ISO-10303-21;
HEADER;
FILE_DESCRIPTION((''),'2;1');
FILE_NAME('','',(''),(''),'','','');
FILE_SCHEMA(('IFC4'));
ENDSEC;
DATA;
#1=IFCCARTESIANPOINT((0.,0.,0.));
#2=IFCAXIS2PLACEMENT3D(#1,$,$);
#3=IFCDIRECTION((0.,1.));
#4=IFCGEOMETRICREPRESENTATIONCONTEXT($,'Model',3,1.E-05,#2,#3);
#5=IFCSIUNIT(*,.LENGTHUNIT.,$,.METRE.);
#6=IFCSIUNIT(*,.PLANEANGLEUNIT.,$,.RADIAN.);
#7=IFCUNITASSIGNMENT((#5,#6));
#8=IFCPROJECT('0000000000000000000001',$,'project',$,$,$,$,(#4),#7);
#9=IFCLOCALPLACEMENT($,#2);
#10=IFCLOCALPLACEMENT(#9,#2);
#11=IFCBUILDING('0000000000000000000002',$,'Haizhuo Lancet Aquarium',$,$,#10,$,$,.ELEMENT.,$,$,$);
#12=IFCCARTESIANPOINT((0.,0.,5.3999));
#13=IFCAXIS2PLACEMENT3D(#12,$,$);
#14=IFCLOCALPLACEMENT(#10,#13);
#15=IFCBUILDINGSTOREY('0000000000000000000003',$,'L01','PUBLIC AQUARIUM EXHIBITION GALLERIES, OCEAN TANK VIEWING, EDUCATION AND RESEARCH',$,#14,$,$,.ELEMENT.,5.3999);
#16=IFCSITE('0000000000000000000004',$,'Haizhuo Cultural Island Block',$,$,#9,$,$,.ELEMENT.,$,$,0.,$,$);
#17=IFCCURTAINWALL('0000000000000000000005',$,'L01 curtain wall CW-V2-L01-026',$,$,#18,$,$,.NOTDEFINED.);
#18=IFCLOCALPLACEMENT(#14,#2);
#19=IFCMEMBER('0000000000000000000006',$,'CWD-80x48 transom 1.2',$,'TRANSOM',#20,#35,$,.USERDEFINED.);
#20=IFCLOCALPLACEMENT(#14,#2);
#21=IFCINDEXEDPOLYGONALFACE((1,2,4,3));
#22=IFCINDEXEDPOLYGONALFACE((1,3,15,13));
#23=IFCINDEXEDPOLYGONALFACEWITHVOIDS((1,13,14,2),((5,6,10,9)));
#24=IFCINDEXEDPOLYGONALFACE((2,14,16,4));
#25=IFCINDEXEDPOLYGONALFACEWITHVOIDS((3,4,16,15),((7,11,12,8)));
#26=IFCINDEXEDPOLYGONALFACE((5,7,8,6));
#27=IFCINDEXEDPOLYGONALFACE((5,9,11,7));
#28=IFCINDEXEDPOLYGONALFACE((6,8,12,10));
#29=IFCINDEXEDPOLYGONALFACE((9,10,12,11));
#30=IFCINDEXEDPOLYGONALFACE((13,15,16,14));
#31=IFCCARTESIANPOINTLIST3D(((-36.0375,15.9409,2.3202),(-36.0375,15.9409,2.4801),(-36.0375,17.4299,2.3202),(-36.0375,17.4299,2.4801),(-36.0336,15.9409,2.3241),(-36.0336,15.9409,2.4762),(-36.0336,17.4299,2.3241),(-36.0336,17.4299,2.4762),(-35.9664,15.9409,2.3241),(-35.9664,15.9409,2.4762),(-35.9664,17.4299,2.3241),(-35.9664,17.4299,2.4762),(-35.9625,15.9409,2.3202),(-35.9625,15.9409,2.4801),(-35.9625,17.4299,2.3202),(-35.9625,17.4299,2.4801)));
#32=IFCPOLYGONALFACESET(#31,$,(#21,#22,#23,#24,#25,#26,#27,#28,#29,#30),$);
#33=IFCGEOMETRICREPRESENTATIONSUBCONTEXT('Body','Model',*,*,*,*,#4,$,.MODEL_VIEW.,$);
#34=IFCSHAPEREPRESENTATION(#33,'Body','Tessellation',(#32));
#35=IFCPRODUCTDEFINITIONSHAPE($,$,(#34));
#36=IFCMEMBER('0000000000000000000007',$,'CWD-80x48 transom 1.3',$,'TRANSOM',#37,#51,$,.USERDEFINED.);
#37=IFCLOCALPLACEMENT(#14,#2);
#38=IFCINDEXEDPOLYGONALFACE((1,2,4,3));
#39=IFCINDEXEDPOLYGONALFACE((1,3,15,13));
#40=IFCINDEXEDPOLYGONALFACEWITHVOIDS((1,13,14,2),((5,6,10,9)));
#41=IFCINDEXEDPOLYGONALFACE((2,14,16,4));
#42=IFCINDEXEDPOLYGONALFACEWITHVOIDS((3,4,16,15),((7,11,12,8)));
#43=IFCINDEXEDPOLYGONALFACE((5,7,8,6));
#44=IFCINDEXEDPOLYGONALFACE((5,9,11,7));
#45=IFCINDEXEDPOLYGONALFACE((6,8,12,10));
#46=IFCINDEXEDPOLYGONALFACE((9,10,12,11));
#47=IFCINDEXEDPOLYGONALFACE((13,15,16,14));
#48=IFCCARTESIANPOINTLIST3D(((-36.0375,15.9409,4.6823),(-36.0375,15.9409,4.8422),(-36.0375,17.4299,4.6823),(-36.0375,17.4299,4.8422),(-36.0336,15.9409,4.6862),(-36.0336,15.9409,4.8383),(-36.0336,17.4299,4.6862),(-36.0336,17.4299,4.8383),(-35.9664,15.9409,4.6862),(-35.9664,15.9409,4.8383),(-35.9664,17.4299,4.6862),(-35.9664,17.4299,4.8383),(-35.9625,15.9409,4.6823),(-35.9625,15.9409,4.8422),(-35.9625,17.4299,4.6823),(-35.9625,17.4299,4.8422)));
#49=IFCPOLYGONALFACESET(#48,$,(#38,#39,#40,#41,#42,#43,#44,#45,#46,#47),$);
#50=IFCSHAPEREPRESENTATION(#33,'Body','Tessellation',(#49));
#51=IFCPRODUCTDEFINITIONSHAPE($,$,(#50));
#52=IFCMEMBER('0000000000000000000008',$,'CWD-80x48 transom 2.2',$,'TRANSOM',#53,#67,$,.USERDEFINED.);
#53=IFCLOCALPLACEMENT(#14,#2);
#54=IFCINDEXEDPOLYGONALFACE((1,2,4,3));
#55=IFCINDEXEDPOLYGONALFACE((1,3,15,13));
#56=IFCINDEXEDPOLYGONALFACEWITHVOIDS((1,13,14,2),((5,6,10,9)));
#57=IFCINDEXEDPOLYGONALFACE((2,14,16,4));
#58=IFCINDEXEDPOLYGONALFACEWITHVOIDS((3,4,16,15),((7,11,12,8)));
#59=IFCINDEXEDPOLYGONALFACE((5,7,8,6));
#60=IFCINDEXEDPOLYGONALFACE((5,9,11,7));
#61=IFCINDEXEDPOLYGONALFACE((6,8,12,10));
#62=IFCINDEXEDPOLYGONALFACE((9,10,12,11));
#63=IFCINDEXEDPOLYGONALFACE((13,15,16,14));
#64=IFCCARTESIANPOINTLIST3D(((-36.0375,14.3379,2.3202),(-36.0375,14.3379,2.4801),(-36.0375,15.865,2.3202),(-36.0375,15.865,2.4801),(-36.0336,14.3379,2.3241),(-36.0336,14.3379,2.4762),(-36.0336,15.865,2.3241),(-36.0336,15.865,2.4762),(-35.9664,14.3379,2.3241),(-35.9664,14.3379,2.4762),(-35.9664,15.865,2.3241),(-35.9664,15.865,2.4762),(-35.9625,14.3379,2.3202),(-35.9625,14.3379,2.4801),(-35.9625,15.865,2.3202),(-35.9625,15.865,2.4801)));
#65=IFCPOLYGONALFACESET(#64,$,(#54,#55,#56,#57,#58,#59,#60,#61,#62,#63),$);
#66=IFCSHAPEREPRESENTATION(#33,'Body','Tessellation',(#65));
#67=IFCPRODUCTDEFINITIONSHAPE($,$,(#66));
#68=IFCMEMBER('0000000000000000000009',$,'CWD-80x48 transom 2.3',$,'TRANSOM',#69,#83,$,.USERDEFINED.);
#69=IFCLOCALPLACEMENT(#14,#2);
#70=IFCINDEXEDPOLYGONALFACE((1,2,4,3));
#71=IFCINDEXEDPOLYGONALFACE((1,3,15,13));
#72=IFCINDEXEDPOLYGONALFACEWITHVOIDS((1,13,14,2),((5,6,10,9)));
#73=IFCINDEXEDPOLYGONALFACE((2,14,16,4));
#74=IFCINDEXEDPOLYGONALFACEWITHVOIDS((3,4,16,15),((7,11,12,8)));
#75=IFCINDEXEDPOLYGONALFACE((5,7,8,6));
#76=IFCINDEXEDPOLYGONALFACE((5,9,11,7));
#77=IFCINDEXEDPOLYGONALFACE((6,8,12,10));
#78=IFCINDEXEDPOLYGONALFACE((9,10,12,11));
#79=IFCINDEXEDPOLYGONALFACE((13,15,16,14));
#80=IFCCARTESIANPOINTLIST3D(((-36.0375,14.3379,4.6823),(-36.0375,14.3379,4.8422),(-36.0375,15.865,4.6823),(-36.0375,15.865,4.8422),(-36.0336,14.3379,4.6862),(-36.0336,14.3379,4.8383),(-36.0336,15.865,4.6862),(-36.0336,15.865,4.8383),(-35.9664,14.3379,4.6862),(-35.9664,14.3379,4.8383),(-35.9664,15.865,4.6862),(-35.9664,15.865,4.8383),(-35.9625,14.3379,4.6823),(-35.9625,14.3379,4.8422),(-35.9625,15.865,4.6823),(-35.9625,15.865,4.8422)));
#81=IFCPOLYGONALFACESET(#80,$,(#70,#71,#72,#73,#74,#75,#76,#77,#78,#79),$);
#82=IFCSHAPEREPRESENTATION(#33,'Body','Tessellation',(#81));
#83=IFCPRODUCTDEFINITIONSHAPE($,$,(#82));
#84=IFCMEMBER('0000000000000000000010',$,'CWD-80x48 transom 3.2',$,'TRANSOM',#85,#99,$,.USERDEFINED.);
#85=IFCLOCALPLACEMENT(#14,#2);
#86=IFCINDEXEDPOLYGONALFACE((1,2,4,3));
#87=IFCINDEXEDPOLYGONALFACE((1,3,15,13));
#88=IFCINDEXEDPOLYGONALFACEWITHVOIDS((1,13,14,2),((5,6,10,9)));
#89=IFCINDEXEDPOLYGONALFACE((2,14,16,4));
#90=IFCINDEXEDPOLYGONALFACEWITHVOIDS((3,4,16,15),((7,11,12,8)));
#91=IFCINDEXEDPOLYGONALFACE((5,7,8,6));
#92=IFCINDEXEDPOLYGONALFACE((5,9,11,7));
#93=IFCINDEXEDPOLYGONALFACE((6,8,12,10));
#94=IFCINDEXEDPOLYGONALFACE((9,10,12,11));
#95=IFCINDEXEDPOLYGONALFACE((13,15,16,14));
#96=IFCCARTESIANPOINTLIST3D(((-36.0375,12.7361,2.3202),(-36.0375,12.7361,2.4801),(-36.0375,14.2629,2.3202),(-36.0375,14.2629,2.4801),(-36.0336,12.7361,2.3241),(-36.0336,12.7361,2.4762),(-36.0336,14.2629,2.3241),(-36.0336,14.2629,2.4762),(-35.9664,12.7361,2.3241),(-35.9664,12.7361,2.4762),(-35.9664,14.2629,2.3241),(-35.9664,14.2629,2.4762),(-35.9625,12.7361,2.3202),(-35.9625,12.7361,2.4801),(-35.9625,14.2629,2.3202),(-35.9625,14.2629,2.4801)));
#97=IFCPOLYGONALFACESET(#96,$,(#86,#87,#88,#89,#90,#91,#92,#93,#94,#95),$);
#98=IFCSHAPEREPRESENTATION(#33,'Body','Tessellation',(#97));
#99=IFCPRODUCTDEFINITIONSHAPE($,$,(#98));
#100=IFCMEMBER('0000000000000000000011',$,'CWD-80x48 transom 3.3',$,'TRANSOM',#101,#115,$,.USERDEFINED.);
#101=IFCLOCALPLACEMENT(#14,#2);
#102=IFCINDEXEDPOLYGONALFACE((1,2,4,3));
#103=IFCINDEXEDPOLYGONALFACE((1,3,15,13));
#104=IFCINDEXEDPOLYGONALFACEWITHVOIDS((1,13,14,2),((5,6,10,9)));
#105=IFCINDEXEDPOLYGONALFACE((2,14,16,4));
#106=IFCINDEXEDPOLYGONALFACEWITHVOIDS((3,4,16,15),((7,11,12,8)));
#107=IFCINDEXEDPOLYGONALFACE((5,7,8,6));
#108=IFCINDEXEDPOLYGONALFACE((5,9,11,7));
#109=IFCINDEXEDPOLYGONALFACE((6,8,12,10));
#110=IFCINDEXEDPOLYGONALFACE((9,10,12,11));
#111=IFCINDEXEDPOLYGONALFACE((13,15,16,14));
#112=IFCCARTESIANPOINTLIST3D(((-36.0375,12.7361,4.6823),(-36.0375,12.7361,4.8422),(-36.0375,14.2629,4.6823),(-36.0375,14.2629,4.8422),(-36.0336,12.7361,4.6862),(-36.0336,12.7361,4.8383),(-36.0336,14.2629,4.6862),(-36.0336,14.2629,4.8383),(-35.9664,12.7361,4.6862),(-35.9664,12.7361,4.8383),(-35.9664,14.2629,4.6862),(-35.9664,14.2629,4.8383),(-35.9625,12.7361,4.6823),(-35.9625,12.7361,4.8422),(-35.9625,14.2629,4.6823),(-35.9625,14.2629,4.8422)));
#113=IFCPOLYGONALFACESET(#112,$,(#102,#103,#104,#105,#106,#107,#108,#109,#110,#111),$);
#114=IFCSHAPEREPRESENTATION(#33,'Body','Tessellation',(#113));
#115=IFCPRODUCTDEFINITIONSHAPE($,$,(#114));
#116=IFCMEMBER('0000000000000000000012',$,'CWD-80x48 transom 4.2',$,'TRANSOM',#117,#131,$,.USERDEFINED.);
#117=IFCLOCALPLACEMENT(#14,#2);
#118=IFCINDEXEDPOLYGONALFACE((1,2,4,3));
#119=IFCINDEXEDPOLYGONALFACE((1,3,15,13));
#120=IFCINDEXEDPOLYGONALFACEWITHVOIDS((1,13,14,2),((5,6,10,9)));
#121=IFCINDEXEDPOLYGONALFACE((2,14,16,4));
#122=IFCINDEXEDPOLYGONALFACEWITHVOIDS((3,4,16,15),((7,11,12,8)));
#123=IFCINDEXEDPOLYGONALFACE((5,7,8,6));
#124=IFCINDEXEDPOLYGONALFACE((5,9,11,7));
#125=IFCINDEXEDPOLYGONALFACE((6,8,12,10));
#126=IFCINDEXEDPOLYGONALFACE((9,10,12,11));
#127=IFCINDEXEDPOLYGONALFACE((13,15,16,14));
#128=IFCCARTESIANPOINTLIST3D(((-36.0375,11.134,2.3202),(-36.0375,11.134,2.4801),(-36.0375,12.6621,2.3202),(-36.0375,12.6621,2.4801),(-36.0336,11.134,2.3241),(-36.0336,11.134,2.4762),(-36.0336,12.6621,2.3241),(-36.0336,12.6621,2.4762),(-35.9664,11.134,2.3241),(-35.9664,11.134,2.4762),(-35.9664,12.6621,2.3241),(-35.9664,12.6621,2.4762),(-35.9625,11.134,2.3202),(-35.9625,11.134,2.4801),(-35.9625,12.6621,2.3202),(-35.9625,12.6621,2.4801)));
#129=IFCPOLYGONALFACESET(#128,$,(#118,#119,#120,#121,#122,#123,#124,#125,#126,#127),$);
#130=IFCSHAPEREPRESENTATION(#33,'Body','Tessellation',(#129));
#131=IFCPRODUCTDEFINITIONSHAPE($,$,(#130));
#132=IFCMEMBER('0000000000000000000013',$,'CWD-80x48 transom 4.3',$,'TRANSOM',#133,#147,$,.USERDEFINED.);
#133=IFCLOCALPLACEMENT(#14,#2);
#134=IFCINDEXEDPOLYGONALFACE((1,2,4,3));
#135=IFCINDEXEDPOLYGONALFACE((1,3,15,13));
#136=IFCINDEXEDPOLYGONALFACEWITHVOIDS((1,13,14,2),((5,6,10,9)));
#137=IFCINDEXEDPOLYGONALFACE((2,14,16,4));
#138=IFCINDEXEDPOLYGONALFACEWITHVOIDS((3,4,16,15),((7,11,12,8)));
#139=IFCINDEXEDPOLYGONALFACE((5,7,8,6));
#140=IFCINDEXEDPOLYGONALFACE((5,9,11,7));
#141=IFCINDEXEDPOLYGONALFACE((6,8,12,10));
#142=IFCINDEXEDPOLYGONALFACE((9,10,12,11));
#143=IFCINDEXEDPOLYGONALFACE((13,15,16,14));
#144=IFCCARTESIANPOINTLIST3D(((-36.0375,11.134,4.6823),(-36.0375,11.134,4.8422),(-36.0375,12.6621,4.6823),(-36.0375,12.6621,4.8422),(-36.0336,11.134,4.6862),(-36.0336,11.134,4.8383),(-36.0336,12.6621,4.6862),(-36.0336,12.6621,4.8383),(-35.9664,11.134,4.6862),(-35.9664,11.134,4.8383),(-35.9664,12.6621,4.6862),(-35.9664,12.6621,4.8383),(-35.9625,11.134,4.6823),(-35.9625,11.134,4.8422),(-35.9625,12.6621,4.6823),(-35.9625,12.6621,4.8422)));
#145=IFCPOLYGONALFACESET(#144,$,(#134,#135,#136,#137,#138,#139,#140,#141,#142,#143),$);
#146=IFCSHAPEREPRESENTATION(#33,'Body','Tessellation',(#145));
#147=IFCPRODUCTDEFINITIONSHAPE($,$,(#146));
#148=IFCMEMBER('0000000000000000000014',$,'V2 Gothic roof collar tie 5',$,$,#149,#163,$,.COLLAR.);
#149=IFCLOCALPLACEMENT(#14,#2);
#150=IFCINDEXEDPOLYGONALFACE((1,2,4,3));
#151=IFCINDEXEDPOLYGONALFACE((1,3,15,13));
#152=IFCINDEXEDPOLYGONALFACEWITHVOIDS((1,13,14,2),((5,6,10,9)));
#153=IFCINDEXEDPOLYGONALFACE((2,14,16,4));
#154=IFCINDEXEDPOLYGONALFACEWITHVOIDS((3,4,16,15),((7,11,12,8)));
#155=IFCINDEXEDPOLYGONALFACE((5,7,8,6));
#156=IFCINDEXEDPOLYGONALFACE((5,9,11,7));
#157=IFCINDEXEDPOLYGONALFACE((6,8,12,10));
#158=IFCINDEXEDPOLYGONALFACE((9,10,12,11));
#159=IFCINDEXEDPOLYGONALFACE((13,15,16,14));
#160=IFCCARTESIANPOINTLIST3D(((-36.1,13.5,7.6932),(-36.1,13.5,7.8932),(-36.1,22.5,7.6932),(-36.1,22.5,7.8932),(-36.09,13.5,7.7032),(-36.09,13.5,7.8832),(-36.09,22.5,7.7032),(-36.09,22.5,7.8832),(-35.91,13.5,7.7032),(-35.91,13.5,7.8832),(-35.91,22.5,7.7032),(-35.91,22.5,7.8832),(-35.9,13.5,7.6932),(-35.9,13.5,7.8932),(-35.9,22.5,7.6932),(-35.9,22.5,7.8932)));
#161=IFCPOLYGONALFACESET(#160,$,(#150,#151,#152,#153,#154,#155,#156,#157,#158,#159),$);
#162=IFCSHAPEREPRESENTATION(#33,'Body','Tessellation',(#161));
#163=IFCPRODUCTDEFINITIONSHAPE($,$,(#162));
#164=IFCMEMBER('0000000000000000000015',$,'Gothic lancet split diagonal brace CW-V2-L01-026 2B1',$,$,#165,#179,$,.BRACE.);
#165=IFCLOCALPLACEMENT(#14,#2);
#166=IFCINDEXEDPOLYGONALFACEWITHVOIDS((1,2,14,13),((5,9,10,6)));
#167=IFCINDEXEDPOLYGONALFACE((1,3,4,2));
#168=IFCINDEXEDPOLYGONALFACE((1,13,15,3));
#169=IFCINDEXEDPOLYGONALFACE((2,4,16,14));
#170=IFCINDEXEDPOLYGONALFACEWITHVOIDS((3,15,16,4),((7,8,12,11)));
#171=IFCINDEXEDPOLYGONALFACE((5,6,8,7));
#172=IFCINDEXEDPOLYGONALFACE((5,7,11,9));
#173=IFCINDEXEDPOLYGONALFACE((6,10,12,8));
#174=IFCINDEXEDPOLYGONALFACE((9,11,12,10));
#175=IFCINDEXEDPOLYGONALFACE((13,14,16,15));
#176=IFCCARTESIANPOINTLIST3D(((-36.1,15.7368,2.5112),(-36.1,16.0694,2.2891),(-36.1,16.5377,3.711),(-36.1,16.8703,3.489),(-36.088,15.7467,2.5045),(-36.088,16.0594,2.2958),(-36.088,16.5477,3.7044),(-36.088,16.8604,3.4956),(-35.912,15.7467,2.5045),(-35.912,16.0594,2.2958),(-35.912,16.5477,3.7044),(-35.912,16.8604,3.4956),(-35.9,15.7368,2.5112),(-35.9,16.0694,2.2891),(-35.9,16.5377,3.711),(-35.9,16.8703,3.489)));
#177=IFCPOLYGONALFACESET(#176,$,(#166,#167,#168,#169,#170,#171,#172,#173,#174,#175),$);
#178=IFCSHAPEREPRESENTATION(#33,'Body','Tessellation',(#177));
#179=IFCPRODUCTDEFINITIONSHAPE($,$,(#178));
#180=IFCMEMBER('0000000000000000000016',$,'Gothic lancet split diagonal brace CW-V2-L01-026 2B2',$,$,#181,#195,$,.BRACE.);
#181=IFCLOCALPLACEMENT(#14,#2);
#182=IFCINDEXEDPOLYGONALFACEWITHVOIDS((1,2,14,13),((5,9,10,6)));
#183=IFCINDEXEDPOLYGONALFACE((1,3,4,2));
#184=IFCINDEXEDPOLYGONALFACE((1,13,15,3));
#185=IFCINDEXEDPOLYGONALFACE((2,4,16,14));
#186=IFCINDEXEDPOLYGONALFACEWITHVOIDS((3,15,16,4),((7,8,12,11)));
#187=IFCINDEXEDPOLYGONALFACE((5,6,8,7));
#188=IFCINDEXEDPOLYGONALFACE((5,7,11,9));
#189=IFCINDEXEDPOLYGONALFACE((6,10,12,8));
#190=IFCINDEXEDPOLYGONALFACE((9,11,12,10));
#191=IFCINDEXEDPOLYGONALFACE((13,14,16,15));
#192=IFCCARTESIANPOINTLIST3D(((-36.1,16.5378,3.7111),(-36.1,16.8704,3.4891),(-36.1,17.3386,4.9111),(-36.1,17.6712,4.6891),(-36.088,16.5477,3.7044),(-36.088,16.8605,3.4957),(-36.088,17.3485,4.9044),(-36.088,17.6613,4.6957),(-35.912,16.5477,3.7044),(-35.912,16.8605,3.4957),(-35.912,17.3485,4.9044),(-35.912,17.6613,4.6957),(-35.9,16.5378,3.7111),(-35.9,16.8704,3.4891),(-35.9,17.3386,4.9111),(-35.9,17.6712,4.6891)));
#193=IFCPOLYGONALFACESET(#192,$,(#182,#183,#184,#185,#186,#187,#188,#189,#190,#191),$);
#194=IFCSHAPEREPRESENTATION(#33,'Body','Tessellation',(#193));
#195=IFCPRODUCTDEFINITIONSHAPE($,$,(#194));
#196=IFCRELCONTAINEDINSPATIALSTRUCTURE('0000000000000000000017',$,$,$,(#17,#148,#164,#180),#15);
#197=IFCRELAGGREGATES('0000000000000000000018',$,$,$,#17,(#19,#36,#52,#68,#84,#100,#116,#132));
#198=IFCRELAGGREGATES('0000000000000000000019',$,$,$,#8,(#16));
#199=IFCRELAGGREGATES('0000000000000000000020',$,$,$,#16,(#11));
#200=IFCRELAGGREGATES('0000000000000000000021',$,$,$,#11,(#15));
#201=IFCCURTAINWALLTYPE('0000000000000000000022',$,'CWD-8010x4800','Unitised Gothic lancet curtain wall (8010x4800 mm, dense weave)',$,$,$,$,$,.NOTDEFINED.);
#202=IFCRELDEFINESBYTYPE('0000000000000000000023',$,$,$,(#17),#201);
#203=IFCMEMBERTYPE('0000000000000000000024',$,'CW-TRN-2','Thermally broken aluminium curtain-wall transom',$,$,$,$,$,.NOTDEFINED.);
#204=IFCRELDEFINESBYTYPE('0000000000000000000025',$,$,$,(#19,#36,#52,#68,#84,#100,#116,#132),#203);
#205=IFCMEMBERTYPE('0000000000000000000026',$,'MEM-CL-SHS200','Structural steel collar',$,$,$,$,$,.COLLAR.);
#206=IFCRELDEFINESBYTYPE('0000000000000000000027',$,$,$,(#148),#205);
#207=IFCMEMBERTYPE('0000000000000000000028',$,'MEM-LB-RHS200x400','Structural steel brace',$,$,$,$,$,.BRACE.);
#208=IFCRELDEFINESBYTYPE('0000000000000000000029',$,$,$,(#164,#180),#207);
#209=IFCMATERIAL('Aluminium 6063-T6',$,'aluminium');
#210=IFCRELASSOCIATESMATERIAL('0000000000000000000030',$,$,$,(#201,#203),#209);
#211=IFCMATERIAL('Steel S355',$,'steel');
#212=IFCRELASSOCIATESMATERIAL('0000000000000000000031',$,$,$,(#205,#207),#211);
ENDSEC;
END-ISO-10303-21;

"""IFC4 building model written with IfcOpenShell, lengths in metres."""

from ifc_helpers import new_model, si_unit, direction, frame, origin, origin_2d, place, context, subcontext, project, spatial, hollow_rectangle, extrude, material, material_profile, profile_set, type_object, element, aggregate, save


model = new_model("IFC4")

# Units and contexts
model_context = context("Model", 3, precision=1e-05, world=origin(), true_north=direction((0.0, 1.0)))
body_context = subcontext(model_context, "Body", "Model", "MODEL_VIEW")
ifc_project = project(units=[si_unit("LENGTHUNIT", "METRE"), si_unit("PLANEANGLEUNIT", "RADIAN")], contexts=[model_context])

# Site, building, storey
site_placement = place(None, origin())
site = spatial("IfcSite", under=ifc_project, at=site_placement, Name="Haizhuo Cultural Island Block", CompositionType="ELEMENT", RefElevation=0.0)
building_placement = place(site_placement, origin())
building = spatial("IfcBuilding", under=site, at=building_placement, Name="Haizhuo Lancet Aquarium", CompositionType="ELEMENT")
storey_placement = place(building_placement, frame((0.0, 0.0, 5.3999)))
storey = spatial("IfcBuildingStorey", under=building, at=storey_placement, Name="L01", Description="PUBLIC AQUARIUM EXHIBITION GALLERIES, OCEAN TANK VIEWING, EDUCATION AND RESEARCH", CompositionType="ELEMENT", Elevation=5.3999)

# Curtain wall, members
ifc_material_1 = material(Name="Aluminium 6063-T6", Category="aluminium")
curtain_wall_type = type_object("IfcCurtainWallType", Name="CWD-8010x4800", Description="Unitised Gothic lancet curtain wall (8010x4800 mm, dense weave)", PredefinedType="NOTDEFINED", material=ifc_material_1)
curtain_wall_placement = place(storey_placement, origin())
curtain_wall = element("IfcCurtainWall", 1, at=curtain_wall_placement, inside=storey, type_object=curtain_wall_type, Name="L01 curtain wall CW-V2-L01-026", PredefinedType="NOTDEFINED")
ifc_material_profile_1 = material_profile(ifc_material_1, hollow_rectangle(XDim=0.075, YDim=0.1599, WallThickness=0.0039, at=origin_2d()), Name="ALU-T 75x160x4")
ifc_profile_set_1 = profile_set([ifc_material_profile_1], Name="Aluminium 6063-T6")
member_type_1 = type_object("IfcMemberType", Name="CW-TRN-2", Description="Thermally broken aluminium curtain-wall transom", PredefinedType="NOTDEFINED", material=ifc_profile_set_1)
member_1_placement = place(storey_placement, frame((-36.0, 17.4299, 2.4001), z_axis=(0.0, -1.0, 0.0), x_axis=(1.0, 0.0, 0.0)))
member_1 = element("IfcMember", 2, at=member_1_placement, type_object=member_type_1, Name="CWD-80x48 transom 1.2", ObjectType="TRANSOM", PredefinedType="USERDEFINED", context=body_context, shape_type="SweptSolid", body=[
    extrude(hollow_rectangle(XDim=0.075, YDim=0.1599, WallThickness=0.0039, at=origin_2d()), origin(), (0.0, 0.0, 1.0), 1.489),
])
member_2_placement = place(storey_placement, frame((-36.0, 17.4299, 4.7622), z_axis=(0.0, -1.0, 0.0), x_axis=(1.0, 0.0, 0.0)))
member_2 = element("IfcMember", 3, at=member_2_placement, type_object=member_type_1, Name="CWD-80x48 transom 1.3", ObjectType="TRANSOM", PredefinedType="USERDEFINED", context=body_context, shape_type="SweptSolid", body=[
    extrude(hollow_rectangle(XDim=0.075, YDim=0.1599, WallThickness=0.0039, at=origin_2d()), origin(), (0.0, 0.0, 1.0), 1.489),
])
member_3_placement = place(storey_placement, frame((-36.0, 15.865, 2.4001), z_axis=(0.0, -1.0, 0.0), x_axis=(1.0, 0.0, 0.0)))
member_3 = element("IfcMember", 4, at=member_3_placement, type_object=member_type_1, Name="CWD-80x48 transom 2.2", ObjectType="TRANSOM", PredefinedType="USERDEFINED", context=body_context, shape_type="SweptSolid", body=[
    extrude(hollow_rectangle(XDim=0.075, YDim=0.1599, WallThickness=0.0039, at=origin_2d()), origin(), (0.0, 0.0, 1.0), 1.5271),
])
member_4_placement = place(storey_placement, frame((-36.0, 15.865, 4.7622), z_axis=(0.0, -1.0, 0.0), x_axis=(1.0, 0.0, 0.0)))
member_4 = element("IfcMember", 5, at=member_4_placement, type_object=member_type_1, Name="CWD-80x48 transom 2.3", ObjectType="TRANSOM", PredefinedType="USERDEFINED", context=body_context, shape_type="SweptSolid", body=[
    extrude(hollow_rectangle(XDim=0.075, YDim=0.1599, WallThickness=0.0039, at=origin_2d()), origin(), (0.0, 0.0, 1.0), 1.5271),
])
member_5_placement = place(storey_placement, frame((-36.0, 14.2629, 2.4001), z_axis=(0.0, -1.0, 0.0), x_axis=(1.0, 0.0, 0.0)))
member_5 = element("IfcMember", 6, at=member_5_placement, type_object=member_type_1, Name="CWD-80x48 transom 3.2", ObjectType="TRANSOM", PredefinedType="USERDEFINED", context=body_context, shape_type="SweptSolid", body=[
    extrude(hollow_rectangle(XDim=0.075, YDim=0.1599, WallThickness=0.0039, at=origin_2d()), origin(), (0.0, 0.0, 1.0), 1.5269),
])
member_6_placement = place(storey_placement, frame((-36.0, 14.2629, 4.7622), z_axis=(0.0, -1.0, 0.0), x_axis=(1.0, 0.0, 0.0)))
member_6 = element("IfcMember", 7, at=member_6_placement, type_object=member_type_1, Name="CWD-80x48 transom 3.3", ObjectType="TRANSOM", PredefinedType="USERDEFINED", context=body_context, shape_type="SweptSolid", body=[
    extrude(hollow_rectangle(XDim=0.075, YDim=0.1599, WallThickness=0.0039, at=origin_2d()), origin(), (0.0, 0.0, 1.0), 1.5269),
])
member_7_placement = place(storey_placement, frame((-36.0, 12.6621, 2.4001), z_axis=(0.0, -1.0, 0.0), x_axis=(1.0, 0.0, 0.0)))
member_7 = element("IfcMember", 8, at=member_7_placement, type_object=member_type_1, Name="CWD-80x48 transom 4.2", ObjectType="TRANSOM", PredefinedType="USERDEFINED", context=body_context, shape_type="SweptSolid", body=[
    extrude(hollow_rectangle(XDim=0.075, YDim=0.1599, WallThickness=0.0039, at=origin_2d()), origin(), (0.0, 0.0, 1.0), 1.5281),
])
member_8_placement = place(storey_placement, frame((-36.0, 12.6621, 4.7622), z_axis=(0.0, -1.0, 0.0), x_axis=(1.0, 0.0, 0.0)))
member_8 = element("IfcMember", 9, at=member_8_placement, type_object=member_type_1, Name="CWD-80x48 transom 4.3", ObjectType="TRANSOM", PredefinedType="USERDEFINED", context=body_context, shape_type="SweptSolid", body=[
    extrude(hollow_rectangle(XDim=0.075, YDim=0.1599, WallThickness=0.0039, at=origin_2d()), origin(), (0.0, 0.0, 1.0), 1.5281),
])

# Members
ifc_material_2 = material(Name="Steel S355", Category="steel")
ifc_material_profile_2 = material_profile(ifc_material_2, hollow_rectangle(XDim=0.2, YDim=0.2, WallThickness=0.01, at=origin_2d()), Name="SHS 200x200x10")
ifc_profile_set_2 = profile_set([ifc_material_profile_2], Name="Steel S355")
member_type_2 = type_object("IfcMemberType", Name="MEM-CL-SHS200", Description="Structural steel collar", PredefinedType="COLLAR", material=ifc_profile_set_2)
member_9_placement = place(storey_placement, frame((-36.0, 13.5, 7.7932), z_axis=(0.0, 1.0, 0.0), x_axis=(-1.0, 0.0, 0.0)))
element("IfcMember", 10, at=member_9_placement, inside=storey, type_object=member_type_2, Name="V2 Gothic roof collar tie 5", PredefinedType="COLLAR", context=body_context, shape_type="SweptSolid", body=[
    extrude(hollow_rectangle(XDim=0.2, YDim=0.2, WallThickness=0.01, at=origin_2d()), origin(), (0.0, 0.0, 1.0), 9.0),
])
ifc_material_profile_3 = material_profile(ifc_material_2, hollow_rectangle(XDim=0.2, YDim=0.3999, WallThickness=0.012, at=origin_2d()), Name="RHS 200x400x12")
ifc_profile_set_3 = profile_set([ifc_material_profile_3], Name="Steel S355")
member_type_3 = type_object("IfcMemberType", Name="MEM-LB-RHS200x400", Description="Structural steel brace", PredefinedType="BRACE", material=ifc_profile_set_3)
for number, where, z_axis, x_axis, name in (
    (11, (-36.0, 15.9031, 2.4001), (0.0, 0.555208, 0.831712), (-1.0, 0.0, 0.0), "Gothic lancet split diagonal brace CW-V2-L01-026 2B1"),
    (12, (-36.0, 16.7041, 3.6001), (0.0, 0.555091, 0.83179), (-1.0, 0.0, 0.0), "Gothic lancet split diagonal brace CW-V2-L01-026 2B2"),
):
    element("IfcMember", number, at=place(storey_placement, frame(where, z_axis=z_axis, x_axis=x_axis)), inside=storey, type_object=member_type_3, Name=name, PredefinedType="BRACE", context=body_context, shape_type="SweptSolid", body=[
        extrude(hollow_rectangle(XDim=0.2, YDim=0.3999, WallThickness=0.012, at=origin_2d()), origin(), (0.0, 0.0, 1.0), 1.4426),
    ])

aggregate(curtain_wall, [member_1, member_2, member_3, member_4, member_5, member_6, member_7, member_8])

save(model, "model.ifc")
